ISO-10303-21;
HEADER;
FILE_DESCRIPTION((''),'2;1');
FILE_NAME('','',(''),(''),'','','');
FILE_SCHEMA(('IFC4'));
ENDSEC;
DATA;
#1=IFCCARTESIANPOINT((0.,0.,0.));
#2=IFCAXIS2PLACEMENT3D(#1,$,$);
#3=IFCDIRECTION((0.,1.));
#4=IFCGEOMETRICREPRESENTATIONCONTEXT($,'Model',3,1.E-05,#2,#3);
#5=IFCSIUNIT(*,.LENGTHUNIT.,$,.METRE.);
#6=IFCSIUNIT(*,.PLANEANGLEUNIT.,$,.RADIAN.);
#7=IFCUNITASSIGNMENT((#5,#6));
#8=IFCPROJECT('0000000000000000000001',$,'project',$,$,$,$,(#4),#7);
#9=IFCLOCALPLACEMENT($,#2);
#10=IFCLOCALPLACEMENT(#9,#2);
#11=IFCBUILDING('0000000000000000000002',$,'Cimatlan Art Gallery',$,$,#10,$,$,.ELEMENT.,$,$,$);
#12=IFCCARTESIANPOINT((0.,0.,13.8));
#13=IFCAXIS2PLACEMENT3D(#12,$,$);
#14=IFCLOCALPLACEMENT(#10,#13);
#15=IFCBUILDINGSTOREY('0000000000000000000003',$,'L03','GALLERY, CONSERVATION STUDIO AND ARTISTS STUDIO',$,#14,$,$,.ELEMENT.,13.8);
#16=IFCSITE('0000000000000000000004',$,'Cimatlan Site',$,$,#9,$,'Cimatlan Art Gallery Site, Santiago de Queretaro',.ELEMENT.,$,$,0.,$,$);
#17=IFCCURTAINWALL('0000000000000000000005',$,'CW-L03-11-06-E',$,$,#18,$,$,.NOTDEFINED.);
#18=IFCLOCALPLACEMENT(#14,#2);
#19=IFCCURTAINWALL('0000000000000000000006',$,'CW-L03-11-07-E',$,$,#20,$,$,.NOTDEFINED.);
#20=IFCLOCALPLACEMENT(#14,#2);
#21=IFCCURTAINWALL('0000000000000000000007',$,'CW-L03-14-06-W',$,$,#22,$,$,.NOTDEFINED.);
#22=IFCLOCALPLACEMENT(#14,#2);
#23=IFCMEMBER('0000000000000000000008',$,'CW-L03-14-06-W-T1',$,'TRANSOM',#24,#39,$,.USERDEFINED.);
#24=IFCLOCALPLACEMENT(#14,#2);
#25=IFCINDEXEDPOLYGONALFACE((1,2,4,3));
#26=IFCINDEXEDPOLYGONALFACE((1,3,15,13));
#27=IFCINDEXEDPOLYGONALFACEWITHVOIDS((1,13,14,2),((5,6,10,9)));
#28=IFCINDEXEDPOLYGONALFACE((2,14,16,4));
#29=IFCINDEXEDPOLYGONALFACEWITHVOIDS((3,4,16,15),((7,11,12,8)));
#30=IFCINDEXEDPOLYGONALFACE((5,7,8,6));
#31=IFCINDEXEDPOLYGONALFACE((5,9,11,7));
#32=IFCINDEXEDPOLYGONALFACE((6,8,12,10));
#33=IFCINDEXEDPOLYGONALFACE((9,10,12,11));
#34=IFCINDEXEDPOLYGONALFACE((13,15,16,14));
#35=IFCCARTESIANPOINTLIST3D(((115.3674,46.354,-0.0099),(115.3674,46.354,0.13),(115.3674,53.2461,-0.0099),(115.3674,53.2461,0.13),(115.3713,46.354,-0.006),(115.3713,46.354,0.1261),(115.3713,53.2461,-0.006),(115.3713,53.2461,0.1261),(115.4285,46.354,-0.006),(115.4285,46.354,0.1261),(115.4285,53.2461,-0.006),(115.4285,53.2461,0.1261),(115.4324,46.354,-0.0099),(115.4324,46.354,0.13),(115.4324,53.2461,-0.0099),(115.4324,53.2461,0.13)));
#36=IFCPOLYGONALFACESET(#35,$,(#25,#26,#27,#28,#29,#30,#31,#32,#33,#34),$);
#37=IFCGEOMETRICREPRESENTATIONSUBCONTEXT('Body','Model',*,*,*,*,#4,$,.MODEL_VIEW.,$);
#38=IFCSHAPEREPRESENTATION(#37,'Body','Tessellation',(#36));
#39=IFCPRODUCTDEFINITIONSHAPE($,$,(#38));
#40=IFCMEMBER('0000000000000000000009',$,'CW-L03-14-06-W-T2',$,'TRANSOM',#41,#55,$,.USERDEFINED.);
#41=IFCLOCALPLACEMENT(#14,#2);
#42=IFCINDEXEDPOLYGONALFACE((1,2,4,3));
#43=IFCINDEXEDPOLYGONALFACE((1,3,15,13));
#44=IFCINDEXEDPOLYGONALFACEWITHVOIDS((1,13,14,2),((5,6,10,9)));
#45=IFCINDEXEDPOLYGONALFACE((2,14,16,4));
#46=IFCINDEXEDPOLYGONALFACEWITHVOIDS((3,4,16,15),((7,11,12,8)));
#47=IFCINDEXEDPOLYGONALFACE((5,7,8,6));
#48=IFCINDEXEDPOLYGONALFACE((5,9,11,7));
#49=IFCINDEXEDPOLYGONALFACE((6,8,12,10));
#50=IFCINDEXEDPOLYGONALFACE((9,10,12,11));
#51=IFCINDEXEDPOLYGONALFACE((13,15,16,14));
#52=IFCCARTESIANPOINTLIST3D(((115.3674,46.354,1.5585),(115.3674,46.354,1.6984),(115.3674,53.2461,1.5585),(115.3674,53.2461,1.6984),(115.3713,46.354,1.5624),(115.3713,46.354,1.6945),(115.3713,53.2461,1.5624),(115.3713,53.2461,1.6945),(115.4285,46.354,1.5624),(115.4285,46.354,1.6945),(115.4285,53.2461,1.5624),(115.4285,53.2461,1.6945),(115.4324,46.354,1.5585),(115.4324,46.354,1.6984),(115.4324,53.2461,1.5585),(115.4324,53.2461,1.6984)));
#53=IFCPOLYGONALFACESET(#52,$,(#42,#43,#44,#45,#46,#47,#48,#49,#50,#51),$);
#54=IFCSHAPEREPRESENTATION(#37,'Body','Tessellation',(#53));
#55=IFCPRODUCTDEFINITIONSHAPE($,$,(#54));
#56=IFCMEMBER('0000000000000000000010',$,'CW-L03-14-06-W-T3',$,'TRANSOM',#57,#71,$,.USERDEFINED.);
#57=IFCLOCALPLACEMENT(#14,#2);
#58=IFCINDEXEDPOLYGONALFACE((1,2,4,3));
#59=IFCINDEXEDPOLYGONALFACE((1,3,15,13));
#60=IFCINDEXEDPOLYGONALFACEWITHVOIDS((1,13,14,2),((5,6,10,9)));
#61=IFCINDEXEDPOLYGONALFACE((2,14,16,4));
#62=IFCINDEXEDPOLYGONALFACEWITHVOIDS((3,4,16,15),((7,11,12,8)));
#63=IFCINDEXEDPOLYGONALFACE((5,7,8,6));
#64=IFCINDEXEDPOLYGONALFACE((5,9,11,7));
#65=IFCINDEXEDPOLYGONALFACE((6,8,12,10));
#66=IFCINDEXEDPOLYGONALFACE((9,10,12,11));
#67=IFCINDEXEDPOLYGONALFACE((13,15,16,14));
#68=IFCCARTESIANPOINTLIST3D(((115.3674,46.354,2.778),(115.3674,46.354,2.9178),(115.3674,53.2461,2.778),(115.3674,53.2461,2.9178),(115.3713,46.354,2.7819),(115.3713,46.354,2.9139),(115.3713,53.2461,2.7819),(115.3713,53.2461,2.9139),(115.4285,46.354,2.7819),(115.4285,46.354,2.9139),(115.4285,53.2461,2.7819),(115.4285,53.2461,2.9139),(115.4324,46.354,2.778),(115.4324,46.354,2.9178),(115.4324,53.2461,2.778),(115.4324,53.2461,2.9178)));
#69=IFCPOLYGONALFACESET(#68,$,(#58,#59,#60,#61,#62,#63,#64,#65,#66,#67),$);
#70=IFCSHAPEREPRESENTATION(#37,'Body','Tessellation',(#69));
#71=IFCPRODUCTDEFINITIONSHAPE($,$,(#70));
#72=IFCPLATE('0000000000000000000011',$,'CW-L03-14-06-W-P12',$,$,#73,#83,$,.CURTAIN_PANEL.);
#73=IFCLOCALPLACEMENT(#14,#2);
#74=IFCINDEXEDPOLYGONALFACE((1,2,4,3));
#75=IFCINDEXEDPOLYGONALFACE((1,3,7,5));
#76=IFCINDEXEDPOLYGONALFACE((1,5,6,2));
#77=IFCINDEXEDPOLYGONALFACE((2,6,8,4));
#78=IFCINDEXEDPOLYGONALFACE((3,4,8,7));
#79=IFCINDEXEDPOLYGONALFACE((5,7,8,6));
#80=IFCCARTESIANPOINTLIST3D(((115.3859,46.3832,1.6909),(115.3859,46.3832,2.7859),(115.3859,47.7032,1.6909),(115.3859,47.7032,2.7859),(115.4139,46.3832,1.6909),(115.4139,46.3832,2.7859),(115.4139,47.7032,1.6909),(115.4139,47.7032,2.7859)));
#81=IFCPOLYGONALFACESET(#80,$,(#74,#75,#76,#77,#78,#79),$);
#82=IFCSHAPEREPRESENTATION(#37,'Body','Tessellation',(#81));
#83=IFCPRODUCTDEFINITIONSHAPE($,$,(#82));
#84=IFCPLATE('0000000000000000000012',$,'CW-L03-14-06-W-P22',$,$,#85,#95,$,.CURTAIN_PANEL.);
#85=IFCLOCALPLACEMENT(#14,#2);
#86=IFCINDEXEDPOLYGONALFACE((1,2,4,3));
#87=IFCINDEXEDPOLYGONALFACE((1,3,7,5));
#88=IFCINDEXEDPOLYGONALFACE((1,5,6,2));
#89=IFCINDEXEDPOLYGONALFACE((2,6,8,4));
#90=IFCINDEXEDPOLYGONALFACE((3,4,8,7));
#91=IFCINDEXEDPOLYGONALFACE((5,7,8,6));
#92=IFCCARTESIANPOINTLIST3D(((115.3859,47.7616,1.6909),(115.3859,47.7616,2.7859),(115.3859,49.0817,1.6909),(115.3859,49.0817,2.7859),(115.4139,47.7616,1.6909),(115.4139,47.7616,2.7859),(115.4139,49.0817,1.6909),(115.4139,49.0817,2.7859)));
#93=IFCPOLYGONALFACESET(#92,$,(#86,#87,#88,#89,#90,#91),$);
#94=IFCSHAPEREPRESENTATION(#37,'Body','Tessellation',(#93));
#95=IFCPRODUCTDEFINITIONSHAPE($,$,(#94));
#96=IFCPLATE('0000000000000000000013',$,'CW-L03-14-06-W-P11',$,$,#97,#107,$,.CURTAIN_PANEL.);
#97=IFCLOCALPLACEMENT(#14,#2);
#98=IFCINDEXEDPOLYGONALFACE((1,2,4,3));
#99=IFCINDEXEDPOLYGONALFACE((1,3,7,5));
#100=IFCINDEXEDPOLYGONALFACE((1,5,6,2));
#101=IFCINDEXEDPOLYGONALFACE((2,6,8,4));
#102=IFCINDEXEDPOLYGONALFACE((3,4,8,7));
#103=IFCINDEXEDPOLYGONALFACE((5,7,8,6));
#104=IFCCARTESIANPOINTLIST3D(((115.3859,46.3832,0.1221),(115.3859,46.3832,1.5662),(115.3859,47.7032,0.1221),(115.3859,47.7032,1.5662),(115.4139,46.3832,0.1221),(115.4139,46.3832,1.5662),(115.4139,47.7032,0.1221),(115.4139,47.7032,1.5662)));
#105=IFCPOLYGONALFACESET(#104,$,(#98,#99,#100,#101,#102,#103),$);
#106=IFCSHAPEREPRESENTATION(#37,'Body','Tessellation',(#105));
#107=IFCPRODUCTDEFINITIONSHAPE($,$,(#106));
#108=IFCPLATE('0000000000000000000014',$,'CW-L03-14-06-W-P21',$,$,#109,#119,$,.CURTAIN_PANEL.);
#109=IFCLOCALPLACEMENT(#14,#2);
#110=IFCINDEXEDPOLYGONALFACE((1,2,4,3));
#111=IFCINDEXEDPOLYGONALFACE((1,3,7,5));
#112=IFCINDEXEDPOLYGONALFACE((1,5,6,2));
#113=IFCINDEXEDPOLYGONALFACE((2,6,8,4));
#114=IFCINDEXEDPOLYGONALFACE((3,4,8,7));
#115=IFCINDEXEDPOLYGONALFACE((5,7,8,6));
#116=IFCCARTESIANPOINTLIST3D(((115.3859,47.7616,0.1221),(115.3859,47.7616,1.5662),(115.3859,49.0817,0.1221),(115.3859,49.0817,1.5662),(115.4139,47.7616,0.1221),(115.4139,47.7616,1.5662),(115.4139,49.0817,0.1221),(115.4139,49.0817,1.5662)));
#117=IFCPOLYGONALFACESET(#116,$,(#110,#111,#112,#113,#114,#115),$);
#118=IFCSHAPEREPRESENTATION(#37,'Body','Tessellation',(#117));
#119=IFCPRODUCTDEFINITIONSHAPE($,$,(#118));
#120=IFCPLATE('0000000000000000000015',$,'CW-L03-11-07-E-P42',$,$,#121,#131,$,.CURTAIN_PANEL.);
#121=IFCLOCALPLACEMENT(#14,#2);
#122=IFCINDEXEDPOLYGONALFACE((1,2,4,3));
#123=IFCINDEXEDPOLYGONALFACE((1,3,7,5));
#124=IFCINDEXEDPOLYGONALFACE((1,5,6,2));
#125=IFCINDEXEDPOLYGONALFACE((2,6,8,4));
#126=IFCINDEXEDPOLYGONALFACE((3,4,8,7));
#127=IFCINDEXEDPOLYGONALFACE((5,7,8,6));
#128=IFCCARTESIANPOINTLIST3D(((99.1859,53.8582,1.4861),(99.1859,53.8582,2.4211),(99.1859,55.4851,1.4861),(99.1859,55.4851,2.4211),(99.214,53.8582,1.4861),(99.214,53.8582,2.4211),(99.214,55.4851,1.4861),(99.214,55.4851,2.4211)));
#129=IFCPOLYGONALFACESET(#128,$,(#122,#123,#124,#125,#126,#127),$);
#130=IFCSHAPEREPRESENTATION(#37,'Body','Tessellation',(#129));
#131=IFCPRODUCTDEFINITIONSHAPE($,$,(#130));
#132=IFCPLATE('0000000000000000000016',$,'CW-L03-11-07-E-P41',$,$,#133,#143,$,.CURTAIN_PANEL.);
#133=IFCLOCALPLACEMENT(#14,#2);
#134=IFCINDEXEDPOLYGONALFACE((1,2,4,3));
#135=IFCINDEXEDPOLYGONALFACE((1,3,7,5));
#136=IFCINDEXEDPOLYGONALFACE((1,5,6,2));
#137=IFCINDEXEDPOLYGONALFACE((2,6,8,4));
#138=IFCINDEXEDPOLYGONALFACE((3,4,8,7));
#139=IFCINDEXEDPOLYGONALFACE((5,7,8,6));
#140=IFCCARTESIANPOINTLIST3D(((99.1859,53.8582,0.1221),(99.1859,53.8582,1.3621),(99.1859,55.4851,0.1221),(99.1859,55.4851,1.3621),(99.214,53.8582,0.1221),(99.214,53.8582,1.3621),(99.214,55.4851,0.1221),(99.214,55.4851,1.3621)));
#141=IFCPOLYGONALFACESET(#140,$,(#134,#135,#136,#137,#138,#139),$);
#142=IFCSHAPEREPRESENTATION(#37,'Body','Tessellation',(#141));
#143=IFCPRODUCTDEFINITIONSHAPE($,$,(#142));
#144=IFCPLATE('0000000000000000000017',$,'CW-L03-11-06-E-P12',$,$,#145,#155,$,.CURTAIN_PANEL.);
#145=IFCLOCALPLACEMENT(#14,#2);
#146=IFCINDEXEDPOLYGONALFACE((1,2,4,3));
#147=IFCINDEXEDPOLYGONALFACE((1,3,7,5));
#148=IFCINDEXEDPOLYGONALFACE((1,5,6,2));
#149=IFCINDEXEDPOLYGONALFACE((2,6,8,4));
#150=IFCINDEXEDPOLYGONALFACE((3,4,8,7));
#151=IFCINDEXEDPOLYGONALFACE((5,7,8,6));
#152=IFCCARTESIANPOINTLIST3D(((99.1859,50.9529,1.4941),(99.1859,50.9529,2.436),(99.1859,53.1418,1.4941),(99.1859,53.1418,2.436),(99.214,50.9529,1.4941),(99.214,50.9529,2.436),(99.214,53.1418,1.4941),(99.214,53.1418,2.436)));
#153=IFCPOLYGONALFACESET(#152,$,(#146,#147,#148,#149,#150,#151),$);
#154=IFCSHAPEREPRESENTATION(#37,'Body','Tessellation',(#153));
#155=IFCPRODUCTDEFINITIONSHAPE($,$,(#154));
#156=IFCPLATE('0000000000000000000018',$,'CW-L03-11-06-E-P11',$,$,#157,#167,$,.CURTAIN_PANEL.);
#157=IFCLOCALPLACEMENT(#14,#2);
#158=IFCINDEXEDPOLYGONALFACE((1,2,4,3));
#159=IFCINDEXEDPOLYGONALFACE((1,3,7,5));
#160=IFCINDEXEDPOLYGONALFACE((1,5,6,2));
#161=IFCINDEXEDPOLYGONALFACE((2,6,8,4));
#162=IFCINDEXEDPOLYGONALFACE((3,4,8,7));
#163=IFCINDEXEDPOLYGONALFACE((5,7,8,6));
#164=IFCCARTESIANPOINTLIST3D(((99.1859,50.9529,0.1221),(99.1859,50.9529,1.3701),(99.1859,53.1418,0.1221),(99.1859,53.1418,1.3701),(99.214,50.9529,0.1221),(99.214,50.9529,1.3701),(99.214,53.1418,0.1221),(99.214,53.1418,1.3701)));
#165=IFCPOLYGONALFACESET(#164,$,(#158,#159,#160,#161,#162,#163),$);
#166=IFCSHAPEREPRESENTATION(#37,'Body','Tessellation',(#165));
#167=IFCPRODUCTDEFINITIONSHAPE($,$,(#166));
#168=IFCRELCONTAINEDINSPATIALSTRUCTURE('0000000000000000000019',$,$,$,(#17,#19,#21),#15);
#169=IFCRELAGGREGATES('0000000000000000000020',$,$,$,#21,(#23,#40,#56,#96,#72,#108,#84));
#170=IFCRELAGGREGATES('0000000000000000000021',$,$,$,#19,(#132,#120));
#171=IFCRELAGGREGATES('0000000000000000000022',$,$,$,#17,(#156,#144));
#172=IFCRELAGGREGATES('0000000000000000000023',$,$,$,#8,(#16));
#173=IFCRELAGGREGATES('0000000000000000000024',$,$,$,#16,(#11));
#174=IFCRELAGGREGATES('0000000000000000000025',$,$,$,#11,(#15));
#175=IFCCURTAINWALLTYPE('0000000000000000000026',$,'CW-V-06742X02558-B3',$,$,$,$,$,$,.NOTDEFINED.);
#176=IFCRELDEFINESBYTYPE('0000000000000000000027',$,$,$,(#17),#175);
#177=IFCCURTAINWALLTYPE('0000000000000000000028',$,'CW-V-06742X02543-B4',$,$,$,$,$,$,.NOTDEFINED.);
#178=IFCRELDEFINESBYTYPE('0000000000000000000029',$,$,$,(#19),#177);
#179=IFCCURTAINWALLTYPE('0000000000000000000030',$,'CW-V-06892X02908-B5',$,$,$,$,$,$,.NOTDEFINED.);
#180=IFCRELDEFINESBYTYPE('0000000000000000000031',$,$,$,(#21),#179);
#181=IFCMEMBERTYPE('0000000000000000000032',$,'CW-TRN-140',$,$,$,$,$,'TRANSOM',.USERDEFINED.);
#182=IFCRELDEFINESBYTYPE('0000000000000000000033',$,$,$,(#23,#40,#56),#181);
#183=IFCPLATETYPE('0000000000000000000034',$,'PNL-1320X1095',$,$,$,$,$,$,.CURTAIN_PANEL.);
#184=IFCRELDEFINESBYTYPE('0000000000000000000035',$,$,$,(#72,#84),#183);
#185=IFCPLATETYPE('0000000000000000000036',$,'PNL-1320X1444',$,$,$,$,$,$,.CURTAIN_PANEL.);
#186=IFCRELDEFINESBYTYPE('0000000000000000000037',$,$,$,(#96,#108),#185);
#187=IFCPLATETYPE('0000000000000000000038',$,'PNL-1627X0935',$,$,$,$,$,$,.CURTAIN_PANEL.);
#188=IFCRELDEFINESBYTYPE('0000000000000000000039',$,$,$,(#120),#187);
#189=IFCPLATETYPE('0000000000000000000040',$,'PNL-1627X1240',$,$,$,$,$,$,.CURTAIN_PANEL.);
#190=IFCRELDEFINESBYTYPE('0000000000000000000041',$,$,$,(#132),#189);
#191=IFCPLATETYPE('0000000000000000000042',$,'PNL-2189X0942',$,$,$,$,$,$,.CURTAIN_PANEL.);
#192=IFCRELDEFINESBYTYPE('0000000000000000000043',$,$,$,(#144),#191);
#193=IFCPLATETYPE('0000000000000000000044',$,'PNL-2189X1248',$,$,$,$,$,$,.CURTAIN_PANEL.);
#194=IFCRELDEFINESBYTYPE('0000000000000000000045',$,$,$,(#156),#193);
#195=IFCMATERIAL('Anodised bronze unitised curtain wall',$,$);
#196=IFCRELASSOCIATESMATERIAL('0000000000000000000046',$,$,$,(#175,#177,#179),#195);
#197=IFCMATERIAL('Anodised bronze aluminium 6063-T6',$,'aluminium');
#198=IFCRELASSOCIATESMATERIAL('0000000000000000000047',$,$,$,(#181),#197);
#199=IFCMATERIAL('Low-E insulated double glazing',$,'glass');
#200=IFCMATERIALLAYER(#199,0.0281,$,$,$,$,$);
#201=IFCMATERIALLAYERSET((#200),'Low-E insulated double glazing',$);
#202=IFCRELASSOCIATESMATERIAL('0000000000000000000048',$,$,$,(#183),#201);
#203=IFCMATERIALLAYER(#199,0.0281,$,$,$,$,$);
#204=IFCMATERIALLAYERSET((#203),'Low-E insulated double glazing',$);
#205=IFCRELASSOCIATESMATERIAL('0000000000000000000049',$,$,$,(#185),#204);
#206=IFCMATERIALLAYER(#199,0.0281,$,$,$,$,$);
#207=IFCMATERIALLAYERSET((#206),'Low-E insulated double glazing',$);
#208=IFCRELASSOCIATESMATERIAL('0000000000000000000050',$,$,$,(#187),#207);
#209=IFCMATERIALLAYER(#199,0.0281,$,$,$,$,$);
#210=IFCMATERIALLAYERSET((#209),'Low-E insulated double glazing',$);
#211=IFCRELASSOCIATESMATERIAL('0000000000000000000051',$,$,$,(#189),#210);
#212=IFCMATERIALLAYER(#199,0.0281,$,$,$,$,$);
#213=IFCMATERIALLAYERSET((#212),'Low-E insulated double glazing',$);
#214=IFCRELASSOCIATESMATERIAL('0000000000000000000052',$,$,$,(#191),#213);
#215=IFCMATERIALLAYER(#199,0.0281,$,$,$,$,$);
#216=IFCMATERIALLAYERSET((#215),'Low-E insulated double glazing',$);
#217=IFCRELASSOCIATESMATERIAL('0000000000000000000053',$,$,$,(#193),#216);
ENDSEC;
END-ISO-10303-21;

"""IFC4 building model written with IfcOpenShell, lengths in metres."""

from ifc_helpers import new_model, si_unit, direction, frame, origin, origin_2d, place, context, subcontext, project, spatial, rectangle, hollow_rectangle, extrude, material, layer, layer_set, material_profile, profile_set, type_object, element, aggregate, save


model = new_model("IFC4")

# Units and contexts
model_context = context("Model", 3, precision=1e-05, world=origin(), true_north=direction((0.0, 1.0)))
body_context = subcontext(model_context, "Body", "Model", "MODEL_VIEW")
ifc_project = project(units=[si_unit("LENGTHUNIT", "METRE"), si_unit("PLANEANGLEUNIT", "RADIAN")], contexts=[model_context])

# Site, building, storey
site_placement = place(None, origin())
site = spatial("IfcSite", under=ifc_project, at=site_placement, Name="Cimatlan Site", LongName="Cimatlan Art Gallery Site, Santiago de Queretaro", CompositionType="ELEMENT", RefElevation=0.0)
building_placement = place(site_placement, origin())
building = spatial("IfcBuilding", under=site, at=building_placement, Name="Cimatlan Art Gallery", CompositionType="ELEMENT")
storey_placement = place(building_placement, frame((0.0, 0.0, 13.8)))
storey = spatial("IfcBuildingStorey", under=building, at=storey_placement, Name="L03", Description="GALLERY, CONSERVATION STUDIO AND ARTISTS STUDIO", CompositionType="ELEMENT", Elevation=13.8)

# Curtain wall
ifc_material_1 = material(Name="Anodised bronze unitised curtain wall")
curtain_wall_type_1 = type_object("IfcCurtainWallType", Name="CW-V-06742X02558-B3", PredefinedType="NOTDEFINED", material=ifc_material_1)
curtain_wall_1_placement = place(storey_placement, origin())
curtain_wall_1 = element("IfcCurtainWall", 1, at=curtain_wall_1_placement, inside=storey, type_object=curtain_wall_type_1, Name="CW-L03-11-06-E", PredefinedType="NOTDEFINED")
ifc_material_2 = material(Name="Anodised bronze aluminium 6063-T6", Category="aluminium")

# Curtain walls
curtain_wall_type_2 = type_object("IfcCurtainWallType", Name="CW-V-06742X02543-B4", PredefinedType="NOTDEFINED", material=ifc_material_1)
curtain_wall_2_placement = place(storey_placement, origin())
curtain_wall_2 = element("IfcCurtainWall", 2, at=curtain_wall_2_placement, inside=storey, type_object=curtain_wall_type_2, Name="CW-L03-11-07-E", PredefinedType="NOTDEFINED")
curtain_wall_type_3 = type_object("IfcCurtainWallType", Name="CW-V-06892X02908-B5", PredefinedType="NOTDEFINED", material=ifc_material_1)
curtain_wall_3_placement = place(storey_placement, origin())
curtain_wall_3 = element("IfcCurtainWall", 3, at=curtain_wall_3_placement, inside=storey, type_object=curtain_wall_type_3, Name="CW-L03-14-06-W", PredefinedType="NOTDEFINED")

# Members
ifc_material_profile_1 = material_profile(ifc_material_2, hollow_rectangle(XDim=0.0649, YDim=0.1399, WallThickness=0.0039, at=origin_2d()), Name="ALU65X140X4")
ifc_profile_set_1 = profile_set([ifc_material_profile_1], Name="Anodised bronze aluminium 6063-T6")
member_type_1 = type_object("IfcMemberType", Name="CW-TRN-140", ElementType="TRANSOM", PredefinedType="USERDEFINED", material=ifc_profile_set_1)
member_1_placement = place(storey_placement, frame((115.3999, 46.354, 0.0601), z_axis=(0.0, 1.0, 0.0), x_axis=(-1.0, 0.0, 0.0)))
member_1 = element("IfcMember", 4, at=member_1_placement, type_object=member_type_1, Name="CW-L03-14-06-W-T1", ObjectType="TRANSOM", PredefinedType="USERDEFINED", context=body_context, shape_type="SweptSolid", body=[
    extrude(hollow_rectangle(XDim=0.0649, YDim=0.1399, WallThickness=0.0039, at=origin_2d()), origin(), (0.0, 0.0, 1.0), 6.8921),
])
member_2_placement = place(storey_placement, frame((115.3999, 46.354, 1.6284), z_axis=(0.0, 1.0, 0.0), x_axis=(-1.0, 0.0, 0.0)))
member_2 = element("IfcMember", 5, at=member_2_placement, type_object=member_type_1, Name="CW-L03-14-06-W-T2", ObjectType="TRANSOM", PredefinedType="USERDEFINED", context=body_context, shape_type="SweptSolid", body=[
    extrude(hollow_rectangle(XDim=0.0649, YDim=0.1399, WallThickness=0.0039, at=origin_2d()), origin(), (0.0, 0.0, 1.0), 6.8921),
])
member_3_placement = place(storey_placement, frame((115.3999, 46.354, 2.8479), z_axis=(0.0, 1.0, 0.0), x_axis=(-1.0, 0.0, 0.0)))
member_3 = element("IfcMember", 6, at=member_3_placement, type_object=member_type_1, Name="CW-L03-14-06-W-T3", ObjectType="TRANSOM", PredefinedType="USERDEFINED", context=body_context, shape_type="SweptSolid", body=[
    extrude(hollow_rectangle(XDim=0.0649, YDim=0.1399, WallThickness=0.0039, at=origin_2d()), origin(), (0.0, 0.0, 1.0), 6.8921),
])

# Plates
ifc_material_3 = material(Name="Low-E insulated double glazing", Category="glass")
ifc_layer_1 = layer(ifc_material_3, 0.0281)
ifc_layer_set_1 = layer_set([ifc_layer_1], Name="Low-E insulated double glazing")
plate_type_1 = type_object("IfcPlateType", Name="PNL-1320X1095", PredefinedType="CURTAIN_PANEL", material=ifc_layer_set_1)
plate_1_placement = place(storey_placement, frame((115.3999, 47.0432, 1.6909), z_axis=(0.0, 0.0, 1.0), x_axis=(0.0, 1.0, 0.0)))
plate_1 = element("IfcPlate", 7, at=plate_1_placement, type_object=plate_type_1, Name="CW-L03-14-06-W-P12", PredefinedType="CURTAIN_PANEL", context=body_context, shape_type="SweptSolid", body=[
    extrude(rectangle(XDim=1.3201, YDim=0.0281, at=origin_2d()), origin(), (0.0, 0.0, 1.0), 1.095),
])
plate_2_placement = place(storey_placement, frame((115.3999, 48.4216, 1.6909), z_axis=(0.0, 0.0, 1.0), x_axis=(0.0, 1.0, 0.0)))
plate_2 = element("IfcPlate", 8, at=plate_2_placement, type_object=plate_type_1, Name="CW-L03-14-06-W-P22", PredefinedType="CURTAIN_PANEL", context=body_context, shape_type="SweptSolid", body=[
    extrude(rectangle(XDim=1.3201, YDim=0.0281, at=origin_2d()), origin(), (0.0, 0.0, 1.0), 1.095),
])
ifc_layer_2 = layer(ifc_material_3, 0.0281)
ifc_layer_set_2 = layer_set([ifc_layer_2], Name="Low-E insulated double glazing")
plate_type_2 = type_object("IfcPlateType", Name="PNL-1320X1444", PredefinedType="CURTAIN_PANEL", material=ifc_layer_set_2)
plate_3_placement = place(storey_placement, frame((115.3999, 47.0432, 0.1221), z_axis=(0.0, 0.0, 1.0), x_axis=(0.0, 1.0, 0.0)))
plate_3 = element("IfcPlate", 9, at=plate_3_placement, type_object=plate_type_2, Name="CW-L03-14-06-W-P11", PredefinedType="CURTAIN_PANEL", context=body_context, shape_type="SweptSolid", body=[
    extrude(rectangle(XDim=1.3201, YDim=0.0281, at=origin_2d()), origin(), (0.0, 0.0, 1.0), 1.4441),
])
plate_4_placement = place(storey_placement, frame((115.3999, 48.4216, 0.1221), z_axis=(0.0, 0.0, 1.0), x_axis=(0.0, 1.0, 0.0)))
plate_4 = element("IfcPlate", 10, at=plate_4_placement, type_object=plate_type_2, Name="CW-L03-14-06-W-P21", PredefinedType="CURTAIN_PANEL", context=body_context, shape_type="SweptSolid", body=[
    extrude(rectangle(XDim=1.3201, YDim=0.0281, at=origin_2d()), origin(), (0.0, 0.0, 1.0), 1.4441),
])
aggregate(curtain_wall_3, [member_1, member_2, member_3, plate_3, plate_1, plate_4, plate_2])
ifc_layer_3 = layer(ifc_material_3, 0.0281)
ifc_layer_set_3 = layer_set([ifc_layer_3], Name="Low-E insulated double glazing")
plate_type_3 = type_object("IfcPlateType", Name="PNL-1627X0935", PredefinedType="CURTAIN_PANEL", material=ifc_layer_set_3)
plate_5_placement = place(storey_placement, frame((99.2, 54.6716, 1.4861), z_axis=(0.0, 0.0, 1.0), x_axis=(0.0, -1.0, 0.0)))
plate_5 = element("IfcPlate", 11, at=plate_5_placement, type_object=plate_type_3, Name="CW-L03-11-07-E-P42", PredefinedType="CURTAIN_PANEL", context=body_context, shape_type="SweptSolid", body=[
    extrude(rectangle(XDim=1.627, YDim=0.0281, at=origin_2d()), origin(), (0.0, 0.0, 1.0), 0.9351),
])
ifc_layer_4 = layer(ifc_material_3, 0.0281)
ifc_layer_set_4 = layer_set([ifc_layer_4], Name="Low-E insulated double glazing")
plate_type_4 = type_object("IfcPlateType", Name="PNL-1627X1240", PredefinedType="CURTAIN_PANEL", material=ifc_layer_set_4)
plate_6_placement = place(storey_placement, frame((99.2, 54.6716, 0.1221), z_axis=(0.0, 0.0, 1.0), x_axis=(0.0, -1.0, 0.0)))
plate_6 = element("IfcPlate", 12, at=plate_6_placement, type_object=plate_type_4, Name="CW-L03-11-07-E-P41", PredefinedType="CURTAIN_PANEL", context=body_context, shape_type="SweptSolid", body=[
    extrude(rectangle(XDim=1.627, YDim=0.0281, at=origin_2d()), origin(), (0.0, 0.0, 1.0), 1.24),
])
aggregate(curtain_wall_2, [plate_6, plate_5])
ifc_layer_5 = layer(ifc_material_3, 0.0281)
ifc_layer_set_5 = layer_set([ifc_layer_5], Name="Low-E insulated double glazing")
plate_type_5 = type_object("IfcPlateType", Name="PNL-2189X0942", PredefinedType="CURTAIN_PANEL", material=ifc_layer_set_5)
plate_7_placement = place(storey_placement, frame((99.2, 52.0474, 1.4941), z_axis=(0.0, 0.0, 1.0), x_axis=(0.0, -1.0, 0.0)))
plate_7 = element("IfcPlate", 13, at=plate_7_placement, type_object=plate_type_5, Name="CW-L03-11-06-E-P12", PredefinedType="CURTAIN_PANEL", context=body_context, shape_type="SweptSolid", body=[
    extrude(rectangle(XDim=2.189, YDim=0.0281, at=origin_2d()), origin(), (0.0, 0.0, 1.0), 0.9419),
])
ifc_layer_6 = layer(ifc_material_3, 0.0281)
ifc_layer_set_6 = layer_set([ifc_layer_6], Name="Low-E insulated double glazing")
plate_type_6 = type_object("IfcPlateType", Name="PNL-2189X1248", PredefinedType="CURTAIN_PANEL", material=ifc_layer_set_6)
plate_8_placement = place(storey_placement, frame((99.2, 52.0474, 0.1221), z_axis=(0.0, 0.0, 1.0), x_axis=(0.0, -1.0, 0.0)))
plate_8 = element("IfcPlate", 14, at=plate_8_placement, type_object=plate_type_6, Name="CW-L03-11-06-E-P11", PredefinedType="CURTAIN_PANEL", context=body_context, shape_type="SweptSolid", body=[
    extrude(rectangle(XDim=2.189, YDim=0.0281, at=origin_2d()), origin(), (0.0, 0.0, 1.0), 1.248),
])
aggregate(curtain_wall_1, [plate_8, plate_7])

save(model, "model.ifc")
